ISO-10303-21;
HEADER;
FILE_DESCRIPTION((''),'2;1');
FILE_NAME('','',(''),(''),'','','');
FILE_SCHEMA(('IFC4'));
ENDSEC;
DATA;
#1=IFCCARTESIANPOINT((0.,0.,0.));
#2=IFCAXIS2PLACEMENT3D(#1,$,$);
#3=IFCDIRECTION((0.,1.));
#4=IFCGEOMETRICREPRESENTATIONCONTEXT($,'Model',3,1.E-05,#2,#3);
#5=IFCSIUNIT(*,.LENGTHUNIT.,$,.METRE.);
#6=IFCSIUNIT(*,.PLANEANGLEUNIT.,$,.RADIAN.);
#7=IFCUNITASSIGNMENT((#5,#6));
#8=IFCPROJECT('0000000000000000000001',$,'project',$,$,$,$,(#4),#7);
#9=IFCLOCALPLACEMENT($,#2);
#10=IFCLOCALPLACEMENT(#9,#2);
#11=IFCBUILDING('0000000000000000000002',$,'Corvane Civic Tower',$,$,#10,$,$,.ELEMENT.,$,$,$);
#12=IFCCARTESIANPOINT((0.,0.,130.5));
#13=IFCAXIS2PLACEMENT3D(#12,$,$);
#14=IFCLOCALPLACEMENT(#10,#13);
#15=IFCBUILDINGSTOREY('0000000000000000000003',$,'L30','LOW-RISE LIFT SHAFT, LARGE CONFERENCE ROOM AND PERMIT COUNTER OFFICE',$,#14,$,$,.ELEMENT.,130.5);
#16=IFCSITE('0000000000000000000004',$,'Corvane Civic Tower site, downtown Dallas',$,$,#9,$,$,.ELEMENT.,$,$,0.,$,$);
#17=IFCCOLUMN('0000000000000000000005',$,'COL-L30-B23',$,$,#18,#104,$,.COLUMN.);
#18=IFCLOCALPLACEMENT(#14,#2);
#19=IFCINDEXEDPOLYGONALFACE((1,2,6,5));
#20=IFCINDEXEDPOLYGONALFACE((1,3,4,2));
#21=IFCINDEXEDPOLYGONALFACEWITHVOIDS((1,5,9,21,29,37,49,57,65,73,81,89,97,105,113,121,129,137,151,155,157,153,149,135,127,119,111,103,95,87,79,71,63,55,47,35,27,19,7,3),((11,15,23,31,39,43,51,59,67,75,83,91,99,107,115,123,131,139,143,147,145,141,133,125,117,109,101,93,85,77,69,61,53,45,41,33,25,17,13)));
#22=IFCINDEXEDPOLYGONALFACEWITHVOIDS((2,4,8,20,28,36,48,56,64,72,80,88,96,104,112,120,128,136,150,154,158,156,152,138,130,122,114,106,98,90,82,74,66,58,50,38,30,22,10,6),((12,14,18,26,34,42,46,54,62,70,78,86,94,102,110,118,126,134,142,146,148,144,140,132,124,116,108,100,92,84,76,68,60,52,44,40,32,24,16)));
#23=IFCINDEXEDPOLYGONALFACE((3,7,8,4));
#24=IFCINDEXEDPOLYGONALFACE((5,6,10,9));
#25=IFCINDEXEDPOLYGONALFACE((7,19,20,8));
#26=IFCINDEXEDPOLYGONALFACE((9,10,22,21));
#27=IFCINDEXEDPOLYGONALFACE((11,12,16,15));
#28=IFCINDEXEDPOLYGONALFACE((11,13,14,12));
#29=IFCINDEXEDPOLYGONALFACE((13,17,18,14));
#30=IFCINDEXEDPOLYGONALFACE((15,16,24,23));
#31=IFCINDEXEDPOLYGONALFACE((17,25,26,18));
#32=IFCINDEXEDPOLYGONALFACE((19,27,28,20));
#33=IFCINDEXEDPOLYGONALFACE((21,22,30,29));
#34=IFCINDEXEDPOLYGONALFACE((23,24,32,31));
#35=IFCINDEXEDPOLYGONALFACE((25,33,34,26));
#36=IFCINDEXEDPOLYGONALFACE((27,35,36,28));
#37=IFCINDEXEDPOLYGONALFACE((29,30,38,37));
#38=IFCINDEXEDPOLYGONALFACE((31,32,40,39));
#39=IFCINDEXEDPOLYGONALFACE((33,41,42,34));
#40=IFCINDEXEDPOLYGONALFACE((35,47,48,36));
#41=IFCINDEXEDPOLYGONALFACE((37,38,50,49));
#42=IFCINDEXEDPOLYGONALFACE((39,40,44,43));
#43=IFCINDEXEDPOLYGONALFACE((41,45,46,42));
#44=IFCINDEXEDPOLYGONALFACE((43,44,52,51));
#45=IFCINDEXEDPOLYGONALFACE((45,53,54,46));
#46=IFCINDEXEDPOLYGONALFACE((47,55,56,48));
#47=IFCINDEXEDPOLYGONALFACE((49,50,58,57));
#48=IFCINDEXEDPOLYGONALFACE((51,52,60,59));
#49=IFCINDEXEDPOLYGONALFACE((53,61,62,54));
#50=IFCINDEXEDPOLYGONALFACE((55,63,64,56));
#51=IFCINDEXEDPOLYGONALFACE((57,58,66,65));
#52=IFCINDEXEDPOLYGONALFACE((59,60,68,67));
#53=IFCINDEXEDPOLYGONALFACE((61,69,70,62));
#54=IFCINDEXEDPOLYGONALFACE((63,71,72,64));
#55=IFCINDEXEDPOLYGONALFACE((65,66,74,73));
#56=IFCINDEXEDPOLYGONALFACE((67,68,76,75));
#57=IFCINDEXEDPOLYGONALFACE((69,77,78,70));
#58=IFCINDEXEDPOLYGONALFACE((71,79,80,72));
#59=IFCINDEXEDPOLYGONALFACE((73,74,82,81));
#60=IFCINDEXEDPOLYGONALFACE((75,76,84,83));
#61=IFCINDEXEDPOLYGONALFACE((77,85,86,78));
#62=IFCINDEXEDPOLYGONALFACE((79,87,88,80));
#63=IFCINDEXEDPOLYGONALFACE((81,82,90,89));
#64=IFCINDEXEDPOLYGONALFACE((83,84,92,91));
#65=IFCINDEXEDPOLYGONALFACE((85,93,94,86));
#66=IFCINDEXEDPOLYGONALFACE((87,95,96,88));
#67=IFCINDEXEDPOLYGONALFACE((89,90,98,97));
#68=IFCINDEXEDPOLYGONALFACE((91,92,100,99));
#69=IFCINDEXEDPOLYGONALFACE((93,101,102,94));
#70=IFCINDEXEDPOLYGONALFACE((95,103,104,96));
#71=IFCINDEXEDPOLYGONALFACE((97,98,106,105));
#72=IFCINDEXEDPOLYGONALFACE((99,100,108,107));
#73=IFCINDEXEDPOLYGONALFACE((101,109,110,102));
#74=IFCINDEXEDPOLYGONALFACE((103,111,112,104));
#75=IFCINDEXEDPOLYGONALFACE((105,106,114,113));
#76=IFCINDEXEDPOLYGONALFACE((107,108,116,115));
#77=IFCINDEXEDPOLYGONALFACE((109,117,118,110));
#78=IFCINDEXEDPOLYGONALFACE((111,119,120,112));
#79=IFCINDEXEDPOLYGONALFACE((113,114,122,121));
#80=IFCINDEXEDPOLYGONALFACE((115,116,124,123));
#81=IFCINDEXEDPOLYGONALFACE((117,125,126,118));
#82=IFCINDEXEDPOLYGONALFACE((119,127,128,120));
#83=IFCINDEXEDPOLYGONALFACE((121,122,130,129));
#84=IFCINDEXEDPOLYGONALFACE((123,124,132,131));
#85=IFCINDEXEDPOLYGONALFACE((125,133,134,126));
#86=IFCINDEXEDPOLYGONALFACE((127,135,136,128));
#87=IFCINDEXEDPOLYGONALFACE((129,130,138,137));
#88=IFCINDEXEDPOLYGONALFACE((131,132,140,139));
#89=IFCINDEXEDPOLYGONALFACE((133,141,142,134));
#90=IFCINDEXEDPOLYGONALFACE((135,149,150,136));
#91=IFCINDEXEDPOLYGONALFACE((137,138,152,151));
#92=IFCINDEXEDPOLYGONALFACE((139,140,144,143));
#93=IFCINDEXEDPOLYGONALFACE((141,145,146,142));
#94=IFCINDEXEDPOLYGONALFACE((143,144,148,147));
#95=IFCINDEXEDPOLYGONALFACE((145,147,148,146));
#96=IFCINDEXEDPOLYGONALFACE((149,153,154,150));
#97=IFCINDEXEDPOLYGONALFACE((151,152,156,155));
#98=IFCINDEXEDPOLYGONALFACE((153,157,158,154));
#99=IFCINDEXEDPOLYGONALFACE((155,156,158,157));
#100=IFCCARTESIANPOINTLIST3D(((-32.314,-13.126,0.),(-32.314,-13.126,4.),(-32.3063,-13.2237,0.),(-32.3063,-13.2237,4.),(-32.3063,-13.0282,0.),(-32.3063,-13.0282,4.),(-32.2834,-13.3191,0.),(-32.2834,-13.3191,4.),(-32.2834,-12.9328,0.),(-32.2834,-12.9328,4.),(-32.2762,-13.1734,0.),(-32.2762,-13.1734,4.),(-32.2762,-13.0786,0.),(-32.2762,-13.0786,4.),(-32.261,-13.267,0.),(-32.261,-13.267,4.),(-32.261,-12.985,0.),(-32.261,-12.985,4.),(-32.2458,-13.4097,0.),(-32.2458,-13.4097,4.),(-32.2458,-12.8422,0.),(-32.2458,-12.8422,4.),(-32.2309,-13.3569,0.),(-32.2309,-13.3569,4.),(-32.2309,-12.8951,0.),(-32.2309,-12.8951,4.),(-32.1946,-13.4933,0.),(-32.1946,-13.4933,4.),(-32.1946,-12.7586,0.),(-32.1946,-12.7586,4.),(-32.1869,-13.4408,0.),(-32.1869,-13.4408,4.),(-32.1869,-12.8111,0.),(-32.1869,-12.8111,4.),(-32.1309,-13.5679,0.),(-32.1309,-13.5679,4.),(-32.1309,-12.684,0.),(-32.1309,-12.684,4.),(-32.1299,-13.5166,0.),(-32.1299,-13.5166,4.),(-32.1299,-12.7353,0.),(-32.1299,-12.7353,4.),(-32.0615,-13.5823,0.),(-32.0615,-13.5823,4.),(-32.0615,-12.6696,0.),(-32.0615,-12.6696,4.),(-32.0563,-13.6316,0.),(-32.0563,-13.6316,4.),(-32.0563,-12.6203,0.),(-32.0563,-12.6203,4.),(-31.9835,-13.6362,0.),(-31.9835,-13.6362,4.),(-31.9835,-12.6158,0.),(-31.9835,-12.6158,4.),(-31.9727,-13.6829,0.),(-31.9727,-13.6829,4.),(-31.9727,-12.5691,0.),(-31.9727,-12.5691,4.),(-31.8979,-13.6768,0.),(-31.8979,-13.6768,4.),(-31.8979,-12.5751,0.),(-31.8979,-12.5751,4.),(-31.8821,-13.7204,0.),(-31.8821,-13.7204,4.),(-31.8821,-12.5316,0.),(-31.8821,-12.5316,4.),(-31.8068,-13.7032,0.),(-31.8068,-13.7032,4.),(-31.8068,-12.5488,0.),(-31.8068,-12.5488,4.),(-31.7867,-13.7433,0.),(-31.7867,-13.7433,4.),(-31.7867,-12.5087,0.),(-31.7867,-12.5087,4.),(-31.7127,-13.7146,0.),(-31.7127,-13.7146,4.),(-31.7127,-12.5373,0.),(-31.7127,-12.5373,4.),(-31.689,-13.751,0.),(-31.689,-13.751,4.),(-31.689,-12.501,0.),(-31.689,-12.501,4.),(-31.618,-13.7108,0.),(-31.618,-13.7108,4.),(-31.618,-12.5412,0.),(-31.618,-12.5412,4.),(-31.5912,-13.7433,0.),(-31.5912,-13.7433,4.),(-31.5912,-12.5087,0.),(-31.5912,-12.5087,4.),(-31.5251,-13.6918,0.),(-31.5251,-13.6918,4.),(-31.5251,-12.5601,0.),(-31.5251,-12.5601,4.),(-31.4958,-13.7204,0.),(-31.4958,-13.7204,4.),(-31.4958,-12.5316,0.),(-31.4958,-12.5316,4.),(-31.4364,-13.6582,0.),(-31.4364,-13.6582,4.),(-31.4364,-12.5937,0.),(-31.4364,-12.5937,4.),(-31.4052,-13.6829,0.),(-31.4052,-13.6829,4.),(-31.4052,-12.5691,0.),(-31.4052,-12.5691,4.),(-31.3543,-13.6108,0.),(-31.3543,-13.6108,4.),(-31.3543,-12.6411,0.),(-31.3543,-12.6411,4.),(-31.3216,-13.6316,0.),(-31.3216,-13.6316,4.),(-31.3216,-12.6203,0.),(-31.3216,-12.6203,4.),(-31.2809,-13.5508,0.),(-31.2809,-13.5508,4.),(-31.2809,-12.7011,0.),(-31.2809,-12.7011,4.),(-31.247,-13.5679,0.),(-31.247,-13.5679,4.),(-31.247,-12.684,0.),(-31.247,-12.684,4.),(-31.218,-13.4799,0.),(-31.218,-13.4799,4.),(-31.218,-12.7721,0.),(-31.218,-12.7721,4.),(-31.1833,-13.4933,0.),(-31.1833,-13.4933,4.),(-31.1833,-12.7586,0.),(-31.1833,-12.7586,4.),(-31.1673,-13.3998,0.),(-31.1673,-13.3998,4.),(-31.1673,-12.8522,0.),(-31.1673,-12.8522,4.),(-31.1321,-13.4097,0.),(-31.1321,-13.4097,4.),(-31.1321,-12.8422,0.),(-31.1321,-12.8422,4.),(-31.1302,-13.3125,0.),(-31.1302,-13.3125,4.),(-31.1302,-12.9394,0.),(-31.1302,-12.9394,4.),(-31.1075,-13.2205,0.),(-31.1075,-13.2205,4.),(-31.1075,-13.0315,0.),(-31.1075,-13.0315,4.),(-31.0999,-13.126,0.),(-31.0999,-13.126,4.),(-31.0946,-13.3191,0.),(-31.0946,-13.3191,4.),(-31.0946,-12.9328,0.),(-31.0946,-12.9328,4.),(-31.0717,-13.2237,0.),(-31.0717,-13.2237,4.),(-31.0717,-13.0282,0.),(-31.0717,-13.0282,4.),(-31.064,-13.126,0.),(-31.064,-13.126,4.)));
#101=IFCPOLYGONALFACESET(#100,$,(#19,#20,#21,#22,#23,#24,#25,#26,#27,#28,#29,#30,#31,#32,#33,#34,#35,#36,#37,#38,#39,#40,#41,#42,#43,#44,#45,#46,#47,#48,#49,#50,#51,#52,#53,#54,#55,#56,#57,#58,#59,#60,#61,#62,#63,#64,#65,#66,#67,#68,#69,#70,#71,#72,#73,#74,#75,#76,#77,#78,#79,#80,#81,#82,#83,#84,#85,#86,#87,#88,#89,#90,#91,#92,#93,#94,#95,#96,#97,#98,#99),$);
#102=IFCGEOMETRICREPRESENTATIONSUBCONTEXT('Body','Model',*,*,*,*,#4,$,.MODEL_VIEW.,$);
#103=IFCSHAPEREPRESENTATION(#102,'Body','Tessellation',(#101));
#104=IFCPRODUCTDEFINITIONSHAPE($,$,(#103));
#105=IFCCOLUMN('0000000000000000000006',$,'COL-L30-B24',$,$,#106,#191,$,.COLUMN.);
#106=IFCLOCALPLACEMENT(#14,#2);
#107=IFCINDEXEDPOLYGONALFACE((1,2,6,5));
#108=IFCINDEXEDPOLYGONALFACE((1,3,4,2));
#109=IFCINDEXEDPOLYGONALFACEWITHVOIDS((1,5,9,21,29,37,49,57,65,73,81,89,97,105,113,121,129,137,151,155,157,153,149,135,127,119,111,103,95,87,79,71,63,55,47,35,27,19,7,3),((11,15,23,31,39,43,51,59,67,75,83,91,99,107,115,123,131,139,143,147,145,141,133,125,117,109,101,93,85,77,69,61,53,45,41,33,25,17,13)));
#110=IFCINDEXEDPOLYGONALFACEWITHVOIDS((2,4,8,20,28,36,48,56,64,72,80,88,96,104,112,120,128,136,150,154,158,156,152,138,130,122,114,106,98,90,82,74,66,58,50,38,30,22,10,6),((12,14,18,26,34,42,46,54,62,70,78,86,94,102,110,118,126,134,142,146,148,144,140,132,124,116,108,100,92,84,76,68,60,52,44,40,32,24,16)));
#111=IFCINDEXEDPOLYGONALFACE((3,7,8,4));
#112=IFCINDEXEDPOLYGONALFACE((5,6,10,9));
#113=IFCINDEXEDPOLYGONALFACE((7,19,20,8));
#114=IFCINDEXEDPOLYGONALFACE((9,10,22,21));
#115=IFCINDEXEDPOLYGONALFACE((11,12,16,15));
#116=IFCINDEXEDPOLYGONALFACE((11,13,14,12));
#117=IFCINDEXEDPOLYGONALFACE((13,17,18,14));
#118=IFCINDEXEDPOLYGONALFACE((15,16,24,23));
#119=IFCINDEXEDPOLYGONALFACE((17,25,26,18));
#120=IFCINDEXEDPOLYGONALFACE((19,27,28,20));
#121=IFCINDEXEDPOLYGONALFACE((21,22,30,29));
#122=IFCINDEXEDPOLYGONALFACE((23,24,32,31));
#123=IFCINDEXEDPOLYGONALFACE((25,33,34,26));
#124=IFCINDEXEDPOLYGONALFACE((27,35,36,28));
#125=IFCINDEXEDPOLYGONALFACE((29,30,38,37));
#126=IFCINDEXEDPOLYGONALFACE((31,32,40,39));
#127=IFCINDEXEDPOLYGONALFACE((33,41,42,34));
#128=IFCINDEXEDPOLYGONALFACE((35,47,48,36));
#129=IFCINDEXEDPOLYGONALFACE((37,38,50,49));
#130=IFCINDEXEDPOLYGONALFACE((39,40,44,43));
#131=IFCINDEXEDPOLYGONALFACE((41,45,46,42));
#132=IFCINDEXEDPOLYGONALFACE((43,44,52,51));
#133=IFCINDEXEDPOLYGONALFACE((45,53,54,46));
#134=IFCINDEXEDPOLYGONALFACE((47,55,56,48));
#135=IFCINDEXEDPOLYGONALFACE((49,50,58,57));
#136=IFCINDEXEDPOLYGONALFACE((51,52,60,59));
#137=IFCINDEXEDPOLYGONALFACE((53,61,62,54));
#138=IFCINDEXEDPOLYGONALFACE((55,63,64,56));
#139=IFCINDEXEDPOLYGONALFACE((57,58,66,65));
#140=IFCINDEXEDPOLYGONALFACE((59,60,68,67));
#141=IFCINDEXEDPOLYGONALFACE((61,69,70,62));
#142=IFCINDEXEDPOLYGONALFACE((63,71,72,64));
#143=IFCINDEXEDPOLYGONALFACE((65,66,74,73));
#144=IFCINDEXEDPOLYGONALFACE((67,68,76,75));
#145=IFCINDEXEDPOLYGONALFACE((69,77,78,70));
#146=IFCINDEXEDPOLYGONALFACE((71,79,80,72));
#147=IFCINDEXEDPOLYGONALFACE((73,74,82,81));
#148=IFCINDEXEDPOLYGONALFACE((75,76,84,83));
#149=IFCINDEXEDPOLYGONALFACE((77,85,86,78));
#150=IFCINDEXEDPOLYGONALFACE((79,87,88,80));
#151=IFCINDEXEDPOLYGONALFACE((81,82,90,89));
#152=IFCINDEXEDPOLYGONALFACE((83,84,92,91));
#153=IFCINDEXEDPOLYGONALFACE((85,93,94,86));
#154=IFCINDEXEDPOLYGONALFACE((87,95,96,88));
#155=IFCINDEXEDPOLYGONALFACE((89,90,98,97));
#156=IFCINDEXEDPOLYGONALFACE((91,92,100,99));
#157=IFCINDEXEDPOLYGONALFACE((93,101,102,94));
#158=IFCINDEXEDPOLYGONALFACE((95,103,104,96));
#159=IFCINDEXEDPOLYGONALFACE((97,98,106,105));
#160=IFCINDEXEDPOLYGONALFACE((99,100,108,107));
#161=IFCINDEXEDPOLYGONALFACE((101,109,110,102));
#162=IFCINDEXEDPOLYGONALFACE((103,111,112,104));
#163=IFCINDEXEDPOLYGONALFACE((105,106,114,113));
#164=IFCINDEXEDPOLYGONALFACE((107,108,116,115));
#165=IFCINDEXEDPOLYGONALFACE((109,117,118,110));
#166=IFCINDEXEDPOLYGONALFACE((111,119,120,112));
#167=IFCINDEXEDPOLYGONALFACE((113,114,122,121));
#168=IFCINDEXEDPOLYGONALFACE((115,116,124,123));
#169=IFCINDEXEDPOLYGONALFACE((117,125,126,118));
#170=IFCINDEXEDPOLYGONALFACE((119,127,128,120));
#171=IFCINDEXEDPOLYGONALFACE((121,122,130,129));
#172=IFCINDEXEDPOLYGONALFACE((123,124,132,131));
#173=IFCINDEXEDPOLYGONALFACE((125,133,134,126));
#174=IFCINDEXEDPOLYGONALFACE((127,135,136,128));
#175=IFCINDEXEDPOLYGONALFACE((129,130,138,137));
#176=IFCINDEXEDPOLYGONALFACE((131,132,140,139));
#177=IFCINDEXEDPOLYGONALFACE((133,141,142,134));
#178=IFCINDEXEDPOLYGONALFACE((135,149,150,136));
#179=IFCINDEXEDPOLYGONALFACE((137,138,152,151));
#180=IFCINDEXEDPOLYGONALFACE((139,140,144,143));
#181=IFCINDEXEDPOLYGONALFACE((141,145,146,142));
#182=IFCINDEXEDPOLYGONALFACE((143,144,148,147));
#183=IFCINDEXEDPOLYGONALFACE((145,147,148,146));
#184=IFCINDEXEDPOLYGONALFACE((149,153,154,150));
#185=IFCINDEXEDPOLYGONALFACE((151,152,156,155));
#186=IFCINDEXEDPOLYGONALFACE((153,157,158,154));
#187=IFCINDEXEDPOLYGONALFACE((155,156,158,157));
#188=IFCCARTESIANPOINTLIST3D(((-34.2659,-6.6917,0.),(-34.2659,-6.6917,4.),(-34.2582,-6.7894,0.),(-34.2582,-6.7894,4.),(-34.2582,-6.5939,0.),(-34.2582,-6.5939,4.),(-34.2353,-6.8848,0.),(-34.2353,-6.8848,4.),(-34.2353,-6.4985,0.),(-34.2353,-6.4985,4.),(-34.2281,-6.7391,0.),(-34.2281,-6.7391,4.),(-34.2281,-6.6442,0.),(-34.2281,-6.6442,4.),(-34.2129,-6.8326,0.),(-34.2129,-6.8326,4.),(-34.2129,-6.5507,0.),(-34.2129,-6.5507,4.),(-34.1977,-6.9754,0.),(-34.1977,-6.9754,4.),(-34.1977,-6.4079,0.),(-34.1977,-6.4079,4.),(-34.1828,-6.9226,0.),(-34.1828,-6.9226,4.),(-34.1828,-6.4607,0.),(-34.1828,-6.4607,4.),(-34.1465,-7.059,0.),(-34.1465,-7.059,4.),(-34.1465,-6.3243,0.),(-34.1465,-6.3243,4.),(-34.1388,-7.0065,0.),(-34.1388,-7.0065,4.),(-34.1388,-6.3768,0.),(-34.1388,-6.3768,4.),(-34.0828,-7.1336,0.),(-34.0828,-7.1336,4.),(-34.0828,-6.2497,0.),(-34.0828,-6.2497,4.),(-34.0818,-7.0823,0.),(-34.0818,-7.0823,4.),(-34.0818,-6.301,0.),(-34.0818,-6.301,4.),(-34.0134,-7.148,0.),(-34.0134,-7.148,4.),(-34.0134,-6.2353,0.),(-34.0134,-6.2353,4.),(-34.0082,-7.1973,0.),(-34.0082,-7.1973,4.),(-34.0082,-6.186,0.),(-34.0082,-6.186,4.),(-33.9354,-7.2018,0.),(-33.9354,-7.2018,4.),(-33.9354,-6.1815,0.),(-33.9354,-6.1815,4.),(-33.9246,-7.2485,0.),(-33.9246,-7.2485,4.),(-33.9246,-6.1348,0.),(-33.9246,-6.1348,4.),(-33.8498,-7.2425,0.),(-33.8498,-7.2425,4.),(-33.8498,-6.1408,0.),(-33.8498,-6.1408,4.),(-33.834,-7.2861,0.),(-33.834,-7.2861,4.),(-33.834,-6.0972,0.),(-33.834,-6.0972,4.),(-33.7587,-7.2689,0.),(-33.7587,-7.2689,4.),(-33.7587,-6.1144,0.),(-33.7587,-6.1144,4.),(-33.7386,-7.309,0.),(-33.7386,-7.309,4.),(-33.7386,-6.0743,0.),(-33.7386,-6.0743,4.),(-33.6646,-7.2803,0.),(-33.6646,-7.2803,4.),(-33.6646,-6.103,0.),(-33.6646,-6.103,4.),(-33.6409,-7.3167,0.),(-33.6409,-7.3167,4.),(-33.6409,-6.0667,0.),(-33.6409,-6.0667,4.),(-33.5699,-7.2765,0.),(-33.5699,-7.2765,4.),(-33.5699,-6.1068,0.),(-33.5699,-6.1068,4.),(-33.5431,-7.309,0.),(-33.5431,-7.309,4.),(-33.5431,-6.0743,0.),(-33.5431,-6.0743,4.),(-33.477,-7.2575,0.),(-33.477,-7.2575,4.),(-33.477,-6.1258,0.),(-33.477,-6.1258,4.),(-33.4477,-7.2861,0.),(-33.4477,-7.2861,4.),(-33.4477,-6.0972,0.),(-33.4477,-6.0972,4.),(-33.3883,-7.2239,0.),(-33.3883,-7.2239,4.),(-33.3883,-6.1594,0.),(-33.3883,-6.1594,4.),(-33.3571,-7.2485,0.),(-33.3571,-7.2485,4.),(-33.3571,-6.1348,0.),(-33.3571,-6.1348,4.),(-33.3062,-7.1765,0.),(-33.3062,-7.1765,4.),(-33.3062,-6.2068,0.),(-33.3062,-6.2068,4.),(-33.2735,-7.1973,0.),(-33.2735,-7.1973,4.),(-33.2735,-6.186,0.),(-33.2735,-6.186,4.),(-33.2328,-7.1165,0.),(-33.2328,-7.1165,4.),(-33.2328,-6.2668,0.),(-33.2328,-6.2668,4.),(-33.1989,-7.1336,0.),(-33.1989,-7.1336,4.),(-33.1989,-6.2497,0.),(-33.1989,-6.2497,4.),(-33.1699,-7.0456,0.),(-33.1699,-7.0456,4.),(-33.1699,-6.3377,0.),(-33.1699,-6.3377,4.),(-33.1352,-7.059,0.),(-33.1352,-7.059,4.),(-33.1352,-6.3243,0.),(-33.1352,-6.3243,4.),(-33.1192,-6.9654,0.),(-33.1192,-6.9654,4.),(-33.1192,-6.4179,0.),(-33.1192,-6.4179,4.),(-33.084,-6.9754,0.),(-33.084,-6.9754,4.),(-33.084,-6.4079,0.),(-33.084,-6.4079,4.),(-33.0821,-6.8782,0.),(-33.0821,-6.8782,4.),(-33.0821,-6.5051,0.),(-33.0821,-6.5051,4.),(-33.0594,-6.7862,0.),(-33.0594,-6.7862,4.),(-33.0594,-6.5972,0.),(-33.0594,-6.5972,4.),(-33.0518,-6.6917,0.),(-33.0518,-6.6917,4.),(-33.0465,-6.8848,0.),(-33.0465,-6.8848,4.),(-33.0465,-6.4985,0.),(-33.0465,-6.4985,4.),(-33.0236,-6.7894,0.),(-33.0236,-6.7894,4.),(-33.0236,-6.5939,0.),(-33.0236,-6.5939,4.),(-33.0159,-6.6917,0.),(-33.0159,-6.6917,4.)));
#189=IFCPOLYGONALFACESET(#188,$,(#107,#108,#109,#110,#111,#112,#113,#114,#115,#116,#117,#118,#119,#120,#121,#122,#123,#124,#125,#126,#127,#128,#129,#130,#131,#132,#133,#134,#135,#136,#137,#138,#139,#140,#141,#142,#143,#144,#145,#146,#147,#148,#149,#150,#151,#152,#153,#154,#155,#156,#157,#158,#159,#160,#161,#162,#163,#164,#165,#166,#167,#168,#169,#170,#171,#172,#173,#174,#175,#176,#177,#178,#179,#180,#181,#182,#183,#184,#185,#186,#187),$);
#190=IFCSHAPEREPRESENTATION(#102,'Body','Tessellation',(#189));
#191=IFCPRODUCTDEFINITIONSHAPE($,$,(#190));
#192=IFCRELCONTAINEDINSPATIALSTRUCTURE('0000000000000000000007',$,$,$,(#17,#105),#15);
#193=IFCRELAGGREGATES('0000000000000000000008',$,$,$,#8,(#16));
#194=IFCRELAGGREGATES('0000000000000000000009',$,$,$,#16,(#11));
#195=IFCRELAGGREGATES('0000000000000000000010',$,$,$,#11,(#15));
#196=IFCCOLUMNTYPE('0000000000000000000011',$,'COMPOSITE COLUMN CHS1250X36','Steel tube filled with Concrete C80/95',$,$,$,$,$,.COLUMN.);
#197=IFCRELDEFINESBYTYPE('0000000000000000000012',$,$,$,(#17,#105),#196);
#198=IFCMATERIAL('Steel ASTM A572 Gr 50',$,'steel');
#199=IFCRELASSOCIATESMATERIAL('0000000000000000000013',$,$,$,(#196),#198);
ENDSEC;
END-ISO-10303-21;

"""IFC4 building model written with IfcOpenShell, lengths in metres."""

from ifc_helpers import new_model, si_unit, direction, frame, origin, origin_2d, place, context, subcontext, project, spatial, hollow_circle, extrude, material, material_profile, profile_set, type_object, element, save


model = new_model("IFC4")

# Units and contexts
model_context = context("Model", 3, precision=1e-05, world=origin(), true_north=direction((0.0, 1.0)))
body_context = subcontext(model_context, "Body", "Model", "MODEL_VIEW")
ifc_project = project(units=[si_unit("LENGTHUNIT", "METRE"), si_unit("PLANEANGLEUNIT", "RADIAN")], contexts=[model_context])

# Site, building, storey
site_placement = place(None, origin())
site = spatial("IfcSite", under=ifc_project, at=site_placement, Name="Corvane Civic Tower site, downtown Dallas", CompositionType="ELEMENT", RefElevation=0.0)
building_placement = place(site_placement, origin())
building = spatial("IfcBuilding", under=site, at=building_placement, Name="Corvane Civic Tower", CompositionType="ELEMENT")
storey_placement = place(building_placement, frame((0.0, 0.0, 130.5)))
storey = spatial("IfcBuildingStorey", under=building, at=storey_placement, Name="L30", Description="LOW-RISE LIFT SHAFT, LARGE CONFERENCE ROOM AND PERMIT COUNTER OFFICE", CompositionType="ELEMENT", Elevation=130.5)

# Columns
ifc_material_1 = material(Name="Steel ASTM A572 Gr 50", Category="steel")
ifc_material_profile_1 = material_profile(ifc_material_1, hollow_circle(Radius=0.625, WallThickness=0.0359, at=origin_2d()), Name="CHS1250X36")
ifc_profile_set_1 = profile_set([ifc_material_profile_1], Name="Steel ASTM A572 Gr 50")
column_type = type_object("IfcColumnType", Name="COMPOSITE COLUMN CHS1250X36", Description="Steel tube filled with Concrete C80/95", PredefinedType="COLUMN", material=ifc_profile_set_1)
for number, where, z_axis, x_axis, name in (
    (1, (-31.689, -13.126, 0.0), (0.0, 0.0, 1.0), (1.0, 0.0, 0.0), "COL-L30-B23"),
    (2, (-33.6409, -6.6917, 0.0), (0.0, 0.0, 1.0), (1.0, 0.0, 0.0), "COL-L30-B24"),
):
    element("IfcColumn", number, at=place(storey_placement, frame(where, z_axis=z_axis, x_axis=x_axis)), inside=storey, type_object=column_type, Name=name, PredefinedType="COLUMN", context=body_context, shape_type="SweptSolid", body=[
        extrude(hollow_circle(Radius=0.625, WallThickness=0.0359, at=origin_2d()), origin(), (0.0, 0.0, 1.0), 4.0),
    ])

save(model, "model.ifc")
